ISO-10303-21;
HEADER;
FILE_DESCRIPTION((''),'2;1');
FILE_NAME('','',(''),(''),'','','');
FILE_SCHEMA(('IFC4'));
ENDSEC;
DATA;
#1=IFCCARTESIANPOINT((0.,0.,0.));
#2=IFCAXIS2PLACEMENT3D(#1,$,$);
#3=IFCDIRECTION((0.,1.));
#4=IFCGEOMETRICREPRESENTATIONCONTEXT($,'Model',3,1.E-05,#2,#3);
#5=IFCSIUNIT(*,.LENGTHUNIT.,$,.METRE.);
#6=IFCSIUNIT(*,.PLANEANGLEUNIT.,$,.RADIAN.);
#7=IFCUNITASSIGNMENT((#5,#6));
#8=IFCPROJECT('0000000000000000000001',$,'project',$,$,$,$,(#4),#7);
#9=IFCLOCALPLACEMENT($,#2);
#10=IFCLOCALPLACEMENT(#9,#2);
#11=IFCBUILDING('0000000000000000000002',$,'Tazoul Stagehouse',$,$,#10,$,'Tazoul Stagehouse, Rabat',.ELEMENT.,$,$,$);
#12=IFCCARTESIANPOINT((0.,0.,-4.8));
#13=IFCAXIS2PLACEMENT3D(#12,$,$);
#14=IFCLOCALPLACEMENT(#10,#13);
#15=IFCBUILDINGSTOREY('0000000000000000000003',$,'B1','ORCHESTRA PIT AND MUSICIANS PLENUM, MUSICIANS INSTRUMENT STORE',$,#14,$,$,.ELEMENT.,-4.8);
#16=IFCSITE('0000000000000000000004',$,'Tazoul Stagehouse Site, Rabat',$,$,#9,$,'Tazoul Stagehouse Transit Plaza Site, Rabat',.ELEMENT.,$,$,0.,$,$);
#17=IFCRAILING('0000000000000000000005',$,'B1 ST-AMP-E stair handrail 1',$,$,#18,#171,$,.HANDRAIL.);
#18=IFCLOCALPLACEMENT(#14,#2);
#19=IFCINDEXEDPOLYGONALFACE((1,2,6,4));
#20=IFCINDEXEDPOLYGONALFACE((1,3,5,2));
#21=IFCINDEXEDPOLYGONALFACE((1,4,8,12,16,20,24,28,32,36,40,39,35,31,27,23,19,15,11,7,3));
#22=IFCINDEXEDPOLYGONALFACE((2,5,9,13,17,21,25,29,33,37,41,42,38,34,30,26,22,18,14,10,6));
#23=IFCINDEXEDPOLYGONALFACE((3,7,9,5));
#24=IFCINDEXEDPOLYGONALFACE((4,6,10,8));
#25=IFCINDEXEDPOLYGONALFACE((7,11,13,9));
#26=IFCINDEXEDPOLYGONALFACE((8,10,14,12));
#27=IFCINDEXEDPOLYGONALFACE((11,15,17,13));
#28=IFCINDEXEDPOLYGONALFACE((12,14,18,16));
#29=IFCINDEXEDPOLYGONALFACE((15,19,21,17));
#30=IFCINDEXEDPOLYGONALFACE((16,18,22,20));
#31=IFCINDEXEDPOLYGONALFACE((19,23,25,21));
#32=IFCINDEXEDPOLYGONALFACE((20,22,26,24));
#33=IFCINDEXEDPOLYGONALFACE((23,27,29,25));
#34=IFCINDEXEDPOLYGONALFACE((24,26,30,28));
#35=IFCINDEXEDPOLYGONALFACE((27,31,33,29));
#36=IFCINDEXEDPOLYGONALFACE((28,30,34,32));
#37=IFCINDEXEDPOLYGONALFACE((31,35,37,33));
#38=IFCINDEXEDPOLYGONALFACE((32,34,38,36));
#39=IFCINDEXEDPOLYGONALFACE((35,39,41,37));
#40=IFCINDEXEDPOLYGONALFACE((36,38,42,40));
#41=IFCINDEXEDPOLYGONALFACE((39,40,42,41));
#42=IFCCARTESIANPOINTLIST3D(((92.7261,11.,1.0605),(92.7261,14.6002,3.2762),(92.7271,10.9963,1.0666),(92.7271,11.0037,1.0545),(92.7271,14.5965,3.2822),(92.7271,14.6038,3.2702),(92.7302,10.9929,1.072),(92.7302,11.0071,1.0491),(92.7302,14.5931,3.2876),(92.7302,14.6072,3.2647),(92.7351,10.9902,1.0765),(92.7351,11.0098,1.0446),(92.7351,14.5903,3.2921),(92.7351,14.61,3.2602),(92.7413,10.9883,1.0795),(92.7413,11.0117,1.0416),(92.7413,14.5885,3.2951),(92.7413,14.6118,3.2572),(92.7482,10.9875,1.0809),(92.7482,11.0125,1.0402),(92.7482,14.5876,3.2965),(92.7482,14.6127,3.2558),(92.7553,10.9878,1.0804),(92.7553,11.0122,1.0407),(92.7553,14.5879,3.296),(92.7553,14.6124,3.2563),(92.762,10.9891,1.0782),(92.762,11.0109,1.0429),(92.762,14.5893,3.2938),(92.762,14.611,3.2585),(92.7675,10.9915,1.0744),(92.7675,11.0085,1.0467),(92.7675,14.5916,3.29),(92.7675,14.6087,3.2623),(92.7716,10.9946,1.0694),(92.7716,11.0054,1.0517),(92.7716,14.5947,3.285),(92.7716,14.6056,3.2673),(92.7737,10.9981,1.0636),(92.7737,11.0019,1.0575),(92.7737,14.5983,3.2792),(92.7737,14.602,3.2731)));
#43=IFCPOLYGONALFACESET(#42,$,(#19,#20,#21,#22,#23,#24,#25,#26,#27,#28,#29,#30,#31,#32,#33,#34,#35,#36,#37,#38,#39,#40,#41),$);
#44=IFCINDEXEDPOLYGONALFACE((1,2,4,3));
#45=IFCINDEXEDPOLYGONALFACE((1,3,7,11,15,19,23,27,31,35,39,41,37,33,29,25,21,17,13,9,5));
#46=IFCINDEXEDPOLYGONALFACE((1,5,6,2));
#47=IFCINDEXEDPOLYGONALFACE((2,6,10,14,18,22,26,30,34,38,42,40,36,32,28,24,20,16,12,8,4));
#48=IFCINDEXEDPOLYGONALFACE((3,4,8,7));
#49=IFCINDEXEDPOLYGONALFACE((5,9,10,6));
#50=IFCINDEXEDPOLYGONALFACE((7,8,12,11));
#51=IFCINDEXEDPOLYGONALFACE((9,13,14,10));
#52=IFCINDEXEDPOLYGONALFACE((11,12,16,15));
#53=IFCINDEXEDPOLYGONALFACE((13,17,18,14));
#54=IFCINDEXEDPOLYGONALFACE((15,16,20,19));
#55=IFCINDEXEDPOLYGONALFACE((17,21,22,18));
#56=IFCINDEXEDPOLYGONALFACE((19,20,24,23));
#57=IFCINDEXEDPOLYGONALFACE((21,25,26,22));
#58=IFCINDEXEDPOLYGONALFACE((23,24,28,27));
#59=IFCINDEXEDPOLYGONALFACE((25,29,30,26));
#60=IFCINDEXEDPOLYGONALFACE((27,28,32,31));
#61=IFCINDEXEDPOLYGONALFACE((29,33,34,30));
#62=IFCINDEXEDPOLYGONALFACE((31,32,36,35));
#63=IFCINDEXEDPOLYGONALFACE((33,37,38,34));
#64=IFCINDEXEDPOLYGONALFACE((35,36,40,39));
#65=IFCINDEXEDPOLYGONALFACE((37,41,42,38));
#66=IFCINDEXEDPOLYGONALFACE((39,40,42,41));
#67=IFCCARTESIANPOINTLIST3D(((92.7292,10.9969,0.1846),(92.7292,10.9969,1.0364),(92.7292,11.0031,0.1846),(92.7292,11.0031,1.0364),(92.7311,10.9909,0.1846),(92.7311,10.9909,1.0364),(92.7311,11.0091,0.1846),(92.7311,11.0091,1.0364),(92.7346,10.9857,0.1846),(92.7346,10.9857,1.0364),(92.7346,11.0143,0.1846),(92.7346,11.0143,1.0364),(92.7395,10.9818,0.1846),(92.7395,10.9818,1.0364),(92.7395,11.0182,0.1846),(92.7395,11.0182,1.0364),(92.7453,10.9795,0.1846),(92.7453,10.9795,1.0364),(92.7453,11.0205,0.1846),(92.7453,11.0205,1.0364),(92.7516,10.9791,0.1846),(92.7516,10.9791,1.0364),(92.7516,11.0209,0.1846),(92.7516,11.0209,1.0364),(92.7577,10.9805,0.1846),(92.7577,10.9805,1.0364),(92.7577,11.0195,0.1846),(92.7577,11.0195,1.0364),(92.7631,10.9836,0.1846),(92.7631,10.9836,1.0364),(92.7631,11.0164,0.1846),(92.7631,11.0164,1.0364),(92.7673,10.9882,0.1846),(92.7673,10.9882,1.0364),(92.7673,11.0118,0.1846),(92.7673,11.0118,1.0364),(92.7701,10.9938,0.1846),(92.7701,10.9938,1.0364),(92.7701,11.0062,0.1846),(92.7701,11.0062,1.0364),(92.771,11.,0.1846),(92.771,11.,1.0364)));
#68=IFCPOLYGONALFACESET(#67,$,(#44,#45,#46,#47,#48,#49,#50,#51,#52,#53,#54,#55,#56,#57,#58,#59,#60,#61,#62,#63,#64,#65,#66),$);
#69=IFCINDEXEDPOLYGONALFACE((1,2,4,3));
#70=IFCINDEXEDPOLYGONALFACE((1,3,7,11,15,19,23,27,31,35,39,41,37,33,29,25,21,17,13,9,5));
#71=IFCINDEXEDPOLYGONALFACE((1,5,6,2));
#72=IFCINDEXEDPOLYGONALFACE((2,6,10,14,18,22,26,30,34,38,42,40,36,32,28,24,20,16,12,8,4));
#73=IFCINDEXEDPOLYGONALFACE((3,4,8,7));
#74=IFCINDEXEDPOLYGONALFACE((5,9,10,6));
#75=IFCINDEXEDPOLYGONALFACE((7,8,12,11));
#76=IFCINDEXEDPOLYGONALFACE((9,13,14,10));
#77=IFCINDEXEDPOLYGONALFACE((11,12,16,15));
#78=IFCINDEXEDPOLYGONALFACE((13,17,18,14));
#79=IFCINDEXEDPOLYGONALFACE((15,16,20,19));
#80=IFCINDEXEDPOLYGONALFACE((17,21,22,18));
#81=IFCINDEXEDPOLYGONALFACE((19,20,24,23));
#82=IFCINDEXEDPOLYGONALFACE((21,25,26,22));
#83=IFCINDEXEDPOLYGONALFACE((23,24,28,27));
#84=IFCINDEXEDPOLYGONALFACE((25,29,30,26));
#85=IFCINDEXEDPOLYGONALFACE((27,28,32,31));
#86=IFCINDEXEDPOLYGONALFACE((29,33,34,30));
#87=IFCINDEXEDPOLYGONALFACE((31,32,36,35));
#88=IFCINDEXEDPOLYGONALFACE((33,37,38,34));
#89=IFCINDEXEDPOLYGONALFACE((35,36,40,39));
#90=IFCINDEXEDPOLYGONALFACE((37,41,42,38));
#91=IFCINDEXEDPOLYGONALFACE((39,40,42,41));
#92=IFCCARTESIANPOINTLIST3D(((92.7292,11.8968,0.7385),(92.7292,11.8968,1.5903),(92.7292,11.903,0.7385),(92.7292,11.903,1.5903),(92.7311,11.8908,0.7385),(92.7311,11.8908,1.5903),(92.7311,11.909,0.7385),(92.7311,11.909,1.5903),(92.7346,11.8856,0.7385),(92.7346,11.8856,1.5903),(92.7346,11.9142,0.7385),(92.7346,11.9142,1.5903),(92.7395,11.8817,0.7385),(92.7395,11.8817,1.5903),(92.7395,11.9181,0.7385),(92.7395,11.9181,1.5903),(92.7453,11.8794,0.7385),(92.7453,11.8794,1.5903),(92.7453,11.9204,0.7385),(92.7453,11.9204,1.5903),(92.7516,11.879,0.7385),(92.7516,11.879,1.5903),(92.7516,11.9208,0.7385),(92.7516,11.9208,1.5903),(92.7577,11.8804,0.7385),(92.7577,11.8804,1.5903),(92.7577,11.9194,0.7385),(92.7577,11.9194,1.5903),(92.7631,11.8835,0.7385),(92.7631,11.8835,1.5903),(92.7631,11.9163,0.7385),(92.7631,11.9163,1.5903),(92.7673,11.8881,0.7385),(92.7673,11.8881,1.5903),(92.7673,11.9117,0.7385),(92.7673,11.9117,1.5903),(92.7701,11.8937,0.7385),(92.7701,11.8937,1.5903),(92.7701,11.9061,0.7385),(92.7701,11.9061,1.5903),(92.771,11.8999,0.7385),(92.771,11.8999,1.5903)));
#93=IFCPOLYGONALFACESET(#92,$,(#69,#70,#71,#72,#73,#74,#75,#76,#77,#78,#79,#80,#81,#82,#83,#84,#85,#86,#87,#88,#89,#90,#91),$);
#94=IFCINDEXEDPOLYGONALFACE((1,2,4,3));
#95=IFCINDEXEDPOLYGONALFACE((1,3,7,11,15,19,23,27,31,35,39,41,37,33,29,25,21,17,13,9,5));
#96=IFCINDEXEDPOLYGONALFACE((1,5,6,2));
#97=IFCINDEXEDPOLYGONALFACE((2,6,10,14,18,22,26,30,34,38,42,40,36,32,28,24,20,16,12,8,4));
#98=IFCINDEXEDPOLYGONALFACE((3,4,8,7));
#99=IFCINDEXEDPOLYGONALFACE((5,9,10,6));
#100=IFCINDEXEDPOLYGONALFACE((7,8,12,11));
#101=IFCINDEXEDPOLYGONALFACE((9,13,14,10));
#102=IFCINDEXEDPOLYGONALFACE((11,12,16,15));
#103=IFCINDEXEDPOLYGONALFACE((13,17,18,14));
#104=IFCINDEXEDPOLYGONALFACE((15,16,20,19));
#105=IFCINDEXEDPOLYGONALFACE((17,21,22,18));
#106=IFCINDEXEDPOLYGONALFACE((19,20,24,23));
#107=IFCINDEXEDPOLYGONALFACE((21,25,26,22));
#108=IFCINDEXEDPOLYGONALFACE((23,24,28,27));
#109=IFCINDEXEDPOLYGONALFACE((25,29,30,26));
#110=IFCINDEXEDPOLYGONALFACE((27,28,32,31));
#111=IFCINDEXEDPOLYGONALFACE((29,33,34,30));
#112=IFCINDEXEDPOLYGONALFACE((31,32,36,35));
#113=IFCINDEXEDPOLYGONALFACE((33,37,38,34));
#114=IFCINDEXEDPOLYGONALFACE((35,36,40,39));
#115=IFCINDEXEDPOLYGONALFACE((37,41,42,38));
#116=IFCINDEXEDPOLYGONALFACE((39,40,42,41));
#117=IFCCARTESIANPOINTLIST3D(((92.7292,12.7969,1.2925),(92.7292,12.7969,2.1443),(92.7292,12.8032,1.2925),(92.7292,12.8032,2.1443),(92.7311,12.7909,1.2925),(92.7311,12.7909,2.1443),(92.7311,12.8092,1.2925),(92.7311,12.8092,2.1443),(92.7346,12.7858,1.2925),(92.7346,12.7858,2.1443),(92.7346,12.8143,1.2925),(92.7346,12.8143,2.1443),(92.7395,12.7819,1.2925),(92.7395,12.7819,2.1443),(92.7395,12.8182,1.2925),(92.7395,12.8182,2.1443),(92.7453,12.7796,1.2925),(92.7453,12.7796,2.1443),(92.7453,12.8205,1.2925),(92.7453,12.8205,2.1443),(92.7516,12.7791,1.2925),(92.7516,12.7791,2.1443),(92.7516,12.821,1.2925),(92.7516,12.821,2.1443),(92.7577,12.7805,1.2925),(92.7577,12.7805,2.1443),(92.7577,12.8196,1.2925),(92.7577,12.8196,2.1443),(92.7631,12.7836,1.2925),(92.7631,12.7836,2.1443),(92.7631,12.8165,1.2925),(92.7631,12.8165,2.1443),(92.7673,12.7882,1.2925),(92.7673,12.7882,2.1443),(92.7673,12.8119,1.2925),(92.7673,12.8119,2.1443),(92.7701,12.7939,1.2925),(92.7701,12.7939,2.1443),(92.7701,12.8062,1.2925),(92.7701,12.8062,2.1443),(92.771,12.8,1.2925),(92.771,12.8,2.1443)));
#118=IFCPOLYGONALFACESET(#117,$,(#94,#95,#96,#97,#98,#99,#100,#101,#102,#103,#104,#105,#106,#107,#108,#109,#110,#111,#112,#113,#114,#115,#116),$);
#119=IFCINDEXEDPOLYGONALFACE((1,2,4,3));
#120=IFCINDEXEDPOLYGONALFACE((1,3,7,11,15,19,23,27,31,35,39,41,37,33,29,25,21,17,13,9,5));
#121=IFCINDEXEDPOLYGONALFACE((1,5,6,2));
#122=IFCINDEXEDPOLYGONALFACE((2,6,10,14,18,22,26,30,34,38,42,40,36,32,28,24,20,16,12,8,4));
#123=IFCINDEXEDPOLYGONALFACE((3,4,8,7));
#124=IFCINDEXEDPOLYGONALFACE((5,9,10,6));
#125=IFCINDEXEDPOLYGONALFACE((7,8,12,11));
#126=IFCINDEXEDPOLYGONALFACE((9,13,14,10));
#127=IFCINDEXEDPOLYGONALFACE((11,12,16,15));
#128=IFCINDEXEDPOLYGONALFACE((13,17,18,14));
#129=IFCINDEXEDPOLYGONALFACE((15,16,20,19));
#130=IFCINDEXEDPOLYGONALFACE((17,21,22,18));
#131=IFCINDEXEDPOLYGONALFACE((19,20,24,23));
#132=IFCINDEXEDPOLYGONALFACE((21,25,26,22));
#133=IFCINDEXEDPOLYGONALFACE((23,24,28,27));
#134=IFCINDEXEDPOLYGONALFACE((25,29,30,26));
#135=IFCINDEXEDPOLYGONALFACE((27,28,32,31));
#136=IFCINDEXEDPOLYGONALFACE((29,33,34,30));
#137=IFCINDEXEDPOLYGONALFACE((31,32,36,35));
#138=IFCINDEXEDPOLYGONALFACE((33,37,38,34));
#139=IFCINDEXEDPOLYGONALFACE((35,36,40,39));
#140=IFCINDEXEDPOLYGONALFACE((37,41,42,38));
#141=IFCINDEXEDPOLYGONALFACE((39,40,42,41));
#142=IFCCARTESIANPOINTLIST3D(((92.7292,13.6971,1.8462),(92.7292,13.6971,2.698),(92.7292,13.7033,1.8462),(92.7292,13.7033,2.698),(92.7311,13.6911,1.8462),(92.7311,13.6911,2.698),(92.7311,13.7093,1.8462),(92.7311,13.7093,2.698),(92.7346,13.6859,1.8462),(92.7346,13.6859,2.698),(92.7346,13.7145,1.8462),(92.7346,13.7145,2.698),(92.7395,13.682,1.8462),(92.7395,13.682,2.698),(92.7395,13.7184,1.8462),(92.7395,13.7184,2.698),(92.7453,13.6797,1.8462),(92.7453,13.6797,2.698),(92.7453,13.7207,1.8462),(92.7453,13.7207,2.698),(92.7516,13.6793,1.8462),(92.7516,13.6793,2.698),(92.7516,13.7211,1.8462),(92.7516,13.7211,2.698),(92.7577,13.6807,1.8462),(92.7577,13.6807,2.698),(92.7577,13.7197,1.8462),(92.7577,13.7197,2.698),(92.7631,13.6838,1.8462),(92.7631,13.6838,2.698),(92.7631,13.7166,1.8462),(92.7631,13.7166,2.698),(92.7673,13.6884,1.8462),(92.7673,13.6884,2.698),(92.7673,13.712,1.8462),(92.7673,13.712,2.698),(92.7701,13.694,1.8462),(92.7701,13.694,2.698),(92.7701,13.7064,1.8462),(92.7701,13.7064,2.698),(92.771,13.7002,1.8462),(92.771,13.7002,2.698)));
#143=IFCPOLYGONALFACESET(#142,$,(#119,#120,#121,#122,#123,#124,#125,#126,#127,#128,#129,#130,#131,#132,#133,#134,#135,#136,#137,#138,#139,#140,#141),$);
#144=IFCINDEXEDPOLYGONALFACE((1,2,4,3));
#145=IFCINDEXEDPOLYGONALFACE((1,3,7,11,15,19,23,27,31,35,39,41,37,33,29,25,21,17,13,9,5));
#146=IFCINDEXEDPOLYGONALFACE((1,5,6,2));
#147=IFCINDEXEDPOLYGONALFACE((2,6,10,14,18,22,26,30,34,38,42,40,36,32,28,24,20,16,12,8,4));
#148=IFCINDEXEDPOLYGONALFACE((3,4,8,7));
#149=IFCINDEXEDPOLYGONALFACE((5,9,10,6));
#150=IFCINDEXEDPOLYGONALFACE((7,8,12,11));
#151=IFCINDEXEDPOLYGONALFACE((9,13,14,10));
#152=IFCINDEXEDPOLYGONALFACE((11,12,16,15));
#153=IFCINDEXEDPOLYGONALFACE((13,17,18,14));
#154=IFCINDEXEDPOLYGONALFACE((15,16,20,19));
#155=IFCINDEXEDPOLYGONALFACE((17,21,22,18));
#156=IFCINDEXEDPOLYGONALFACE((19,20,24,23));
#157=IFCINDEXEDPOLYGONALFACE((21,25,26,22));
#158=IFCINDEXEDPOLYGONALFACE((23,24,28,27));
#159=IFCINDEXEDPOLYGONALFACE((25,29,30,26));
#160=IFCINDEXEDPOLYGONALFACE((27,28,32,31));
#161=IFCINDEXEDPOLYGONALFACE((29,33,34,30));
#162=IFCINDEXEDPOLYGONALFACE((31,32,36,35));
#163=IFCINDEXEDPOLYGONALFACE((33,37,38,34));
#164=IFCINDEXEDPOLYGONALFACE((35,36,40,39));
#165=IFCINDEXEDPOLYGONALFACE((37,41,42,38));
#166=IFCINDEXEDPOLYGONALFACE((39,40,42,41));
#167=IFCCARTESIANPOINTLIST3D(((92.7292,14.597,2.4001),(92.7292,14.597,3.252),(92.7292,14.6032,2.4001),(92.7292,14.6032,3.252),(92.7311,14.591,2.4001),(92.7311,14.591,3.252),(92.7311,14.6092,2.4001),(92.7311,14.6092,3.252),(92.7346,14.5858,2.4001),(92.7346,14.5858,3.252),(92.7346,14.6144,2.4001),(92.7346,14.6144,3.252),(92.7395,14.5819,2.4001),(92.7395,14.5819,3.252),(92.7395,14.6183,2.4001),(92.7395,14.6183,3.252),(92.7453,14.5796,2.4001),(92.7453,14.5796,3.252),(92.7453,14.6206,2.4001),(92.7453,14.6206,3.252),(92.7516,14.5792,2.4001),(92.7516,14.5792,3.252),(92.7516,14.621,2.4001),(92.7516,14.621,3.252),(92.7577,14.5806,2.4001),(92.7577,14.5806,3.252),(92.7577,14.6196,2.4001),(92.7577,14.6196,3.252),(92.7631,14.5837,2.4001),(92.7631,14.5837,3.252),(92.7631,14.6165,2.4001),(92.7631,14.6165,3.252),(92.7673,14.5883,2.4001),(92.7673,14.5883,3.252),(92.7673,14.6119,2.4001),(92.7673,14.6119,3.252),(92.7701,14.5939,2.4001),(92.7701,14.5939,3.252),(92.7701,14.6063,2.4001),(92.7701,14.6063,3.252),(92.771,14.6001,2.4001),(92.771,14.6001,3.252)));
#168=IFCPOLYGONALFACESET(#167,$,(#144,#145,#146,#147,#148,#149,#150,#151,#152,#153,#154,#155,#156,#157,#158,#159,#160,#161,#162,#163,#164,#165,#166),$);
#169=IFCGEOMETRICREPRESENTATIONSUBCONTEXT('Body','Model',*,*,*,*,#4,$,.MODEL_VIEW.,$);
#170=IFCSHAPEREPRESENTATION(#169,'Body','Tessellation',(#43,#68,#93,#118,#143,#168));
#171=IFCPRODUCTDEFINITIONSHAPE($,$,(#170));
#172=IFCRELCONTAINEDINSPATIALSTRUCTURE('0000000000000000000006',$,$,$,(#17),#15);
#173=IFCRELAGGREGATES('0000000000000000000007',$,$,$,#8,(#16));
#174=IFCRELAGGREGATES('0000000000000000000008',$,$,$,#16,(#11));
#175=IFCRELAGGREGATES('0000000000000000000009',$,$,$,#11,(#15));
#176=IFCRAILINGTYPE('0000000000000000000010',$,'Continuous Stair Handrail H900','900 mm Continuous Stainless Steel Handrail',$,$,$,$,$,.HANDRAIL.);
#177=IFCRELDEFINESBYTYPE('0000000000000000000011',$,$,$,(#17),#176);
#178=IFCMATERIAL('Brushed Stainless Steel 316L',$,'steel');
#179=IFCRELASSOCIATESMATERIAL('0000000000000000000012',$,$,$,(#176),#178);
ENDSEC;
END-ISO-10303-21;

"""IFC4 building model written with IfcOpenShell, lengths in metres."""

from ifc_helpers import new_model, si_unit, direction, frame, origin, origin_2d, place, context, subcontext, project, spatial, circle, extrude, material, material_profile, profile_set, type_object, element, save


model = new_model("IFC4")

# Units and contexts
model_context = context("Model", 3, precision=1e-05, world=origin(), true_north=direction((0.0, 1.0)))
body_context = subcontext(model_context, "Body", "Model", "MODEL_VIEW")
ifc_project = project(units=[si_unit("LENGTHUNIT", "METRE"), si_unit("PLANEANGLEUNIT", "RADIAN")], contexts=[model_context])

# Site, building, storey
site_placement = place(None, origin())
site = spatial("IfcSite", under=ifc_project, at=site_placement, Name="Tazoul Stagehouse Site, Rabat", LongName="Tazoul Stagehouse Transit Plaza Site, Rabat", CompositionType="ELEMENT", RefElevation=0.0)
building_placement = place(site_placement, origin())
building = spatial("IfcBuilding", under=site, at=building_placement, Name="Tazoul Stagehouse", LongName="Tazoul Stagehouse, Rabat", CompositionType="ELEMENT")
storey_placement = place(building_placement, frame((0.0, 0.0, -4.8)))
storey = spatial("IfcBuildingStorey", under=building, at=storey_placement, Name="B1", Description="ORCHESTRA PIT AND MUSICIANS PLENUM, MUSICIANS INSTRUMENT STORE", CompositionType="ELEMENT", Elevation=-4.8)

# Railing
ifc_material_1 = material(Name="Brushed Stainless Steel 316L", Category="steel")
ifc_material_profile_1 = material_profile(ifc_material_1, circle(Radius=0.021, at=origin_2d()), Name="SS HANDRAIL D42")
ifc_profile_set_1 = profile_set([ifc_material_profile_1], Name="Brushed Stainless Steel 316L")
railing_type_1 = type_object("IfcRailingType", Name="Continuous Stair Handrail H900", Description="900 mm Continuous Stainless Steel Handrail", PredefinedType="HANDRAIL", material=ifc_profile_set_1)
railing_1_placement = place(storey_placement, frame((92.75, 11.0, 0.1846)))
element("IfcRailing", 1, at=railing_1_placement, inside=storey, type_object=railing_type_1, Name="B1 ST-AMP-E stair handrail 1", PredefinedType="HANDRAIL", context=body_context, shape_type="SweptSolid", body=[
    extrude(circle(Radius=0.0239, at=origin_2d()), frame((0.0, 0.0, 0.876), z_axis=(0.0, 0.851644, 0.52412), x_axis=(-1.0, 0.0, 0.0)), (0.0, 0.0, 1.0), 4.2273),
    extrude(circle(Radius=0.021, at=origin_2d()), origin(), (0.0, 0.0, 1.0), 0.8518),
    extrude(circle(Radius=0.021, at=origin_2d()), frame((0.0, 0.8999, 0.554)), (0.0, 0.0, 1.0), 0.8518),
    extrude(circle(Radius=0.021, at=origin_2d()), frame((0.0, 1.8, 1.1079)), (0.0, 0.0, 1.0), 0.8518),
    extrude(circle(Radius=0.021, at=origin_2d()), frame((0.0, 2.7002, 1.6616)), (0.0, 0.0, 1.0), 0.8518),
    extrude(circle(Radius=0.021, at=origin_2d()), frame((0.0, 3.6001, 2.2156)), (0.0, 0.0, 1.0), 0.8518),
])

save(model, "model.ifc")
